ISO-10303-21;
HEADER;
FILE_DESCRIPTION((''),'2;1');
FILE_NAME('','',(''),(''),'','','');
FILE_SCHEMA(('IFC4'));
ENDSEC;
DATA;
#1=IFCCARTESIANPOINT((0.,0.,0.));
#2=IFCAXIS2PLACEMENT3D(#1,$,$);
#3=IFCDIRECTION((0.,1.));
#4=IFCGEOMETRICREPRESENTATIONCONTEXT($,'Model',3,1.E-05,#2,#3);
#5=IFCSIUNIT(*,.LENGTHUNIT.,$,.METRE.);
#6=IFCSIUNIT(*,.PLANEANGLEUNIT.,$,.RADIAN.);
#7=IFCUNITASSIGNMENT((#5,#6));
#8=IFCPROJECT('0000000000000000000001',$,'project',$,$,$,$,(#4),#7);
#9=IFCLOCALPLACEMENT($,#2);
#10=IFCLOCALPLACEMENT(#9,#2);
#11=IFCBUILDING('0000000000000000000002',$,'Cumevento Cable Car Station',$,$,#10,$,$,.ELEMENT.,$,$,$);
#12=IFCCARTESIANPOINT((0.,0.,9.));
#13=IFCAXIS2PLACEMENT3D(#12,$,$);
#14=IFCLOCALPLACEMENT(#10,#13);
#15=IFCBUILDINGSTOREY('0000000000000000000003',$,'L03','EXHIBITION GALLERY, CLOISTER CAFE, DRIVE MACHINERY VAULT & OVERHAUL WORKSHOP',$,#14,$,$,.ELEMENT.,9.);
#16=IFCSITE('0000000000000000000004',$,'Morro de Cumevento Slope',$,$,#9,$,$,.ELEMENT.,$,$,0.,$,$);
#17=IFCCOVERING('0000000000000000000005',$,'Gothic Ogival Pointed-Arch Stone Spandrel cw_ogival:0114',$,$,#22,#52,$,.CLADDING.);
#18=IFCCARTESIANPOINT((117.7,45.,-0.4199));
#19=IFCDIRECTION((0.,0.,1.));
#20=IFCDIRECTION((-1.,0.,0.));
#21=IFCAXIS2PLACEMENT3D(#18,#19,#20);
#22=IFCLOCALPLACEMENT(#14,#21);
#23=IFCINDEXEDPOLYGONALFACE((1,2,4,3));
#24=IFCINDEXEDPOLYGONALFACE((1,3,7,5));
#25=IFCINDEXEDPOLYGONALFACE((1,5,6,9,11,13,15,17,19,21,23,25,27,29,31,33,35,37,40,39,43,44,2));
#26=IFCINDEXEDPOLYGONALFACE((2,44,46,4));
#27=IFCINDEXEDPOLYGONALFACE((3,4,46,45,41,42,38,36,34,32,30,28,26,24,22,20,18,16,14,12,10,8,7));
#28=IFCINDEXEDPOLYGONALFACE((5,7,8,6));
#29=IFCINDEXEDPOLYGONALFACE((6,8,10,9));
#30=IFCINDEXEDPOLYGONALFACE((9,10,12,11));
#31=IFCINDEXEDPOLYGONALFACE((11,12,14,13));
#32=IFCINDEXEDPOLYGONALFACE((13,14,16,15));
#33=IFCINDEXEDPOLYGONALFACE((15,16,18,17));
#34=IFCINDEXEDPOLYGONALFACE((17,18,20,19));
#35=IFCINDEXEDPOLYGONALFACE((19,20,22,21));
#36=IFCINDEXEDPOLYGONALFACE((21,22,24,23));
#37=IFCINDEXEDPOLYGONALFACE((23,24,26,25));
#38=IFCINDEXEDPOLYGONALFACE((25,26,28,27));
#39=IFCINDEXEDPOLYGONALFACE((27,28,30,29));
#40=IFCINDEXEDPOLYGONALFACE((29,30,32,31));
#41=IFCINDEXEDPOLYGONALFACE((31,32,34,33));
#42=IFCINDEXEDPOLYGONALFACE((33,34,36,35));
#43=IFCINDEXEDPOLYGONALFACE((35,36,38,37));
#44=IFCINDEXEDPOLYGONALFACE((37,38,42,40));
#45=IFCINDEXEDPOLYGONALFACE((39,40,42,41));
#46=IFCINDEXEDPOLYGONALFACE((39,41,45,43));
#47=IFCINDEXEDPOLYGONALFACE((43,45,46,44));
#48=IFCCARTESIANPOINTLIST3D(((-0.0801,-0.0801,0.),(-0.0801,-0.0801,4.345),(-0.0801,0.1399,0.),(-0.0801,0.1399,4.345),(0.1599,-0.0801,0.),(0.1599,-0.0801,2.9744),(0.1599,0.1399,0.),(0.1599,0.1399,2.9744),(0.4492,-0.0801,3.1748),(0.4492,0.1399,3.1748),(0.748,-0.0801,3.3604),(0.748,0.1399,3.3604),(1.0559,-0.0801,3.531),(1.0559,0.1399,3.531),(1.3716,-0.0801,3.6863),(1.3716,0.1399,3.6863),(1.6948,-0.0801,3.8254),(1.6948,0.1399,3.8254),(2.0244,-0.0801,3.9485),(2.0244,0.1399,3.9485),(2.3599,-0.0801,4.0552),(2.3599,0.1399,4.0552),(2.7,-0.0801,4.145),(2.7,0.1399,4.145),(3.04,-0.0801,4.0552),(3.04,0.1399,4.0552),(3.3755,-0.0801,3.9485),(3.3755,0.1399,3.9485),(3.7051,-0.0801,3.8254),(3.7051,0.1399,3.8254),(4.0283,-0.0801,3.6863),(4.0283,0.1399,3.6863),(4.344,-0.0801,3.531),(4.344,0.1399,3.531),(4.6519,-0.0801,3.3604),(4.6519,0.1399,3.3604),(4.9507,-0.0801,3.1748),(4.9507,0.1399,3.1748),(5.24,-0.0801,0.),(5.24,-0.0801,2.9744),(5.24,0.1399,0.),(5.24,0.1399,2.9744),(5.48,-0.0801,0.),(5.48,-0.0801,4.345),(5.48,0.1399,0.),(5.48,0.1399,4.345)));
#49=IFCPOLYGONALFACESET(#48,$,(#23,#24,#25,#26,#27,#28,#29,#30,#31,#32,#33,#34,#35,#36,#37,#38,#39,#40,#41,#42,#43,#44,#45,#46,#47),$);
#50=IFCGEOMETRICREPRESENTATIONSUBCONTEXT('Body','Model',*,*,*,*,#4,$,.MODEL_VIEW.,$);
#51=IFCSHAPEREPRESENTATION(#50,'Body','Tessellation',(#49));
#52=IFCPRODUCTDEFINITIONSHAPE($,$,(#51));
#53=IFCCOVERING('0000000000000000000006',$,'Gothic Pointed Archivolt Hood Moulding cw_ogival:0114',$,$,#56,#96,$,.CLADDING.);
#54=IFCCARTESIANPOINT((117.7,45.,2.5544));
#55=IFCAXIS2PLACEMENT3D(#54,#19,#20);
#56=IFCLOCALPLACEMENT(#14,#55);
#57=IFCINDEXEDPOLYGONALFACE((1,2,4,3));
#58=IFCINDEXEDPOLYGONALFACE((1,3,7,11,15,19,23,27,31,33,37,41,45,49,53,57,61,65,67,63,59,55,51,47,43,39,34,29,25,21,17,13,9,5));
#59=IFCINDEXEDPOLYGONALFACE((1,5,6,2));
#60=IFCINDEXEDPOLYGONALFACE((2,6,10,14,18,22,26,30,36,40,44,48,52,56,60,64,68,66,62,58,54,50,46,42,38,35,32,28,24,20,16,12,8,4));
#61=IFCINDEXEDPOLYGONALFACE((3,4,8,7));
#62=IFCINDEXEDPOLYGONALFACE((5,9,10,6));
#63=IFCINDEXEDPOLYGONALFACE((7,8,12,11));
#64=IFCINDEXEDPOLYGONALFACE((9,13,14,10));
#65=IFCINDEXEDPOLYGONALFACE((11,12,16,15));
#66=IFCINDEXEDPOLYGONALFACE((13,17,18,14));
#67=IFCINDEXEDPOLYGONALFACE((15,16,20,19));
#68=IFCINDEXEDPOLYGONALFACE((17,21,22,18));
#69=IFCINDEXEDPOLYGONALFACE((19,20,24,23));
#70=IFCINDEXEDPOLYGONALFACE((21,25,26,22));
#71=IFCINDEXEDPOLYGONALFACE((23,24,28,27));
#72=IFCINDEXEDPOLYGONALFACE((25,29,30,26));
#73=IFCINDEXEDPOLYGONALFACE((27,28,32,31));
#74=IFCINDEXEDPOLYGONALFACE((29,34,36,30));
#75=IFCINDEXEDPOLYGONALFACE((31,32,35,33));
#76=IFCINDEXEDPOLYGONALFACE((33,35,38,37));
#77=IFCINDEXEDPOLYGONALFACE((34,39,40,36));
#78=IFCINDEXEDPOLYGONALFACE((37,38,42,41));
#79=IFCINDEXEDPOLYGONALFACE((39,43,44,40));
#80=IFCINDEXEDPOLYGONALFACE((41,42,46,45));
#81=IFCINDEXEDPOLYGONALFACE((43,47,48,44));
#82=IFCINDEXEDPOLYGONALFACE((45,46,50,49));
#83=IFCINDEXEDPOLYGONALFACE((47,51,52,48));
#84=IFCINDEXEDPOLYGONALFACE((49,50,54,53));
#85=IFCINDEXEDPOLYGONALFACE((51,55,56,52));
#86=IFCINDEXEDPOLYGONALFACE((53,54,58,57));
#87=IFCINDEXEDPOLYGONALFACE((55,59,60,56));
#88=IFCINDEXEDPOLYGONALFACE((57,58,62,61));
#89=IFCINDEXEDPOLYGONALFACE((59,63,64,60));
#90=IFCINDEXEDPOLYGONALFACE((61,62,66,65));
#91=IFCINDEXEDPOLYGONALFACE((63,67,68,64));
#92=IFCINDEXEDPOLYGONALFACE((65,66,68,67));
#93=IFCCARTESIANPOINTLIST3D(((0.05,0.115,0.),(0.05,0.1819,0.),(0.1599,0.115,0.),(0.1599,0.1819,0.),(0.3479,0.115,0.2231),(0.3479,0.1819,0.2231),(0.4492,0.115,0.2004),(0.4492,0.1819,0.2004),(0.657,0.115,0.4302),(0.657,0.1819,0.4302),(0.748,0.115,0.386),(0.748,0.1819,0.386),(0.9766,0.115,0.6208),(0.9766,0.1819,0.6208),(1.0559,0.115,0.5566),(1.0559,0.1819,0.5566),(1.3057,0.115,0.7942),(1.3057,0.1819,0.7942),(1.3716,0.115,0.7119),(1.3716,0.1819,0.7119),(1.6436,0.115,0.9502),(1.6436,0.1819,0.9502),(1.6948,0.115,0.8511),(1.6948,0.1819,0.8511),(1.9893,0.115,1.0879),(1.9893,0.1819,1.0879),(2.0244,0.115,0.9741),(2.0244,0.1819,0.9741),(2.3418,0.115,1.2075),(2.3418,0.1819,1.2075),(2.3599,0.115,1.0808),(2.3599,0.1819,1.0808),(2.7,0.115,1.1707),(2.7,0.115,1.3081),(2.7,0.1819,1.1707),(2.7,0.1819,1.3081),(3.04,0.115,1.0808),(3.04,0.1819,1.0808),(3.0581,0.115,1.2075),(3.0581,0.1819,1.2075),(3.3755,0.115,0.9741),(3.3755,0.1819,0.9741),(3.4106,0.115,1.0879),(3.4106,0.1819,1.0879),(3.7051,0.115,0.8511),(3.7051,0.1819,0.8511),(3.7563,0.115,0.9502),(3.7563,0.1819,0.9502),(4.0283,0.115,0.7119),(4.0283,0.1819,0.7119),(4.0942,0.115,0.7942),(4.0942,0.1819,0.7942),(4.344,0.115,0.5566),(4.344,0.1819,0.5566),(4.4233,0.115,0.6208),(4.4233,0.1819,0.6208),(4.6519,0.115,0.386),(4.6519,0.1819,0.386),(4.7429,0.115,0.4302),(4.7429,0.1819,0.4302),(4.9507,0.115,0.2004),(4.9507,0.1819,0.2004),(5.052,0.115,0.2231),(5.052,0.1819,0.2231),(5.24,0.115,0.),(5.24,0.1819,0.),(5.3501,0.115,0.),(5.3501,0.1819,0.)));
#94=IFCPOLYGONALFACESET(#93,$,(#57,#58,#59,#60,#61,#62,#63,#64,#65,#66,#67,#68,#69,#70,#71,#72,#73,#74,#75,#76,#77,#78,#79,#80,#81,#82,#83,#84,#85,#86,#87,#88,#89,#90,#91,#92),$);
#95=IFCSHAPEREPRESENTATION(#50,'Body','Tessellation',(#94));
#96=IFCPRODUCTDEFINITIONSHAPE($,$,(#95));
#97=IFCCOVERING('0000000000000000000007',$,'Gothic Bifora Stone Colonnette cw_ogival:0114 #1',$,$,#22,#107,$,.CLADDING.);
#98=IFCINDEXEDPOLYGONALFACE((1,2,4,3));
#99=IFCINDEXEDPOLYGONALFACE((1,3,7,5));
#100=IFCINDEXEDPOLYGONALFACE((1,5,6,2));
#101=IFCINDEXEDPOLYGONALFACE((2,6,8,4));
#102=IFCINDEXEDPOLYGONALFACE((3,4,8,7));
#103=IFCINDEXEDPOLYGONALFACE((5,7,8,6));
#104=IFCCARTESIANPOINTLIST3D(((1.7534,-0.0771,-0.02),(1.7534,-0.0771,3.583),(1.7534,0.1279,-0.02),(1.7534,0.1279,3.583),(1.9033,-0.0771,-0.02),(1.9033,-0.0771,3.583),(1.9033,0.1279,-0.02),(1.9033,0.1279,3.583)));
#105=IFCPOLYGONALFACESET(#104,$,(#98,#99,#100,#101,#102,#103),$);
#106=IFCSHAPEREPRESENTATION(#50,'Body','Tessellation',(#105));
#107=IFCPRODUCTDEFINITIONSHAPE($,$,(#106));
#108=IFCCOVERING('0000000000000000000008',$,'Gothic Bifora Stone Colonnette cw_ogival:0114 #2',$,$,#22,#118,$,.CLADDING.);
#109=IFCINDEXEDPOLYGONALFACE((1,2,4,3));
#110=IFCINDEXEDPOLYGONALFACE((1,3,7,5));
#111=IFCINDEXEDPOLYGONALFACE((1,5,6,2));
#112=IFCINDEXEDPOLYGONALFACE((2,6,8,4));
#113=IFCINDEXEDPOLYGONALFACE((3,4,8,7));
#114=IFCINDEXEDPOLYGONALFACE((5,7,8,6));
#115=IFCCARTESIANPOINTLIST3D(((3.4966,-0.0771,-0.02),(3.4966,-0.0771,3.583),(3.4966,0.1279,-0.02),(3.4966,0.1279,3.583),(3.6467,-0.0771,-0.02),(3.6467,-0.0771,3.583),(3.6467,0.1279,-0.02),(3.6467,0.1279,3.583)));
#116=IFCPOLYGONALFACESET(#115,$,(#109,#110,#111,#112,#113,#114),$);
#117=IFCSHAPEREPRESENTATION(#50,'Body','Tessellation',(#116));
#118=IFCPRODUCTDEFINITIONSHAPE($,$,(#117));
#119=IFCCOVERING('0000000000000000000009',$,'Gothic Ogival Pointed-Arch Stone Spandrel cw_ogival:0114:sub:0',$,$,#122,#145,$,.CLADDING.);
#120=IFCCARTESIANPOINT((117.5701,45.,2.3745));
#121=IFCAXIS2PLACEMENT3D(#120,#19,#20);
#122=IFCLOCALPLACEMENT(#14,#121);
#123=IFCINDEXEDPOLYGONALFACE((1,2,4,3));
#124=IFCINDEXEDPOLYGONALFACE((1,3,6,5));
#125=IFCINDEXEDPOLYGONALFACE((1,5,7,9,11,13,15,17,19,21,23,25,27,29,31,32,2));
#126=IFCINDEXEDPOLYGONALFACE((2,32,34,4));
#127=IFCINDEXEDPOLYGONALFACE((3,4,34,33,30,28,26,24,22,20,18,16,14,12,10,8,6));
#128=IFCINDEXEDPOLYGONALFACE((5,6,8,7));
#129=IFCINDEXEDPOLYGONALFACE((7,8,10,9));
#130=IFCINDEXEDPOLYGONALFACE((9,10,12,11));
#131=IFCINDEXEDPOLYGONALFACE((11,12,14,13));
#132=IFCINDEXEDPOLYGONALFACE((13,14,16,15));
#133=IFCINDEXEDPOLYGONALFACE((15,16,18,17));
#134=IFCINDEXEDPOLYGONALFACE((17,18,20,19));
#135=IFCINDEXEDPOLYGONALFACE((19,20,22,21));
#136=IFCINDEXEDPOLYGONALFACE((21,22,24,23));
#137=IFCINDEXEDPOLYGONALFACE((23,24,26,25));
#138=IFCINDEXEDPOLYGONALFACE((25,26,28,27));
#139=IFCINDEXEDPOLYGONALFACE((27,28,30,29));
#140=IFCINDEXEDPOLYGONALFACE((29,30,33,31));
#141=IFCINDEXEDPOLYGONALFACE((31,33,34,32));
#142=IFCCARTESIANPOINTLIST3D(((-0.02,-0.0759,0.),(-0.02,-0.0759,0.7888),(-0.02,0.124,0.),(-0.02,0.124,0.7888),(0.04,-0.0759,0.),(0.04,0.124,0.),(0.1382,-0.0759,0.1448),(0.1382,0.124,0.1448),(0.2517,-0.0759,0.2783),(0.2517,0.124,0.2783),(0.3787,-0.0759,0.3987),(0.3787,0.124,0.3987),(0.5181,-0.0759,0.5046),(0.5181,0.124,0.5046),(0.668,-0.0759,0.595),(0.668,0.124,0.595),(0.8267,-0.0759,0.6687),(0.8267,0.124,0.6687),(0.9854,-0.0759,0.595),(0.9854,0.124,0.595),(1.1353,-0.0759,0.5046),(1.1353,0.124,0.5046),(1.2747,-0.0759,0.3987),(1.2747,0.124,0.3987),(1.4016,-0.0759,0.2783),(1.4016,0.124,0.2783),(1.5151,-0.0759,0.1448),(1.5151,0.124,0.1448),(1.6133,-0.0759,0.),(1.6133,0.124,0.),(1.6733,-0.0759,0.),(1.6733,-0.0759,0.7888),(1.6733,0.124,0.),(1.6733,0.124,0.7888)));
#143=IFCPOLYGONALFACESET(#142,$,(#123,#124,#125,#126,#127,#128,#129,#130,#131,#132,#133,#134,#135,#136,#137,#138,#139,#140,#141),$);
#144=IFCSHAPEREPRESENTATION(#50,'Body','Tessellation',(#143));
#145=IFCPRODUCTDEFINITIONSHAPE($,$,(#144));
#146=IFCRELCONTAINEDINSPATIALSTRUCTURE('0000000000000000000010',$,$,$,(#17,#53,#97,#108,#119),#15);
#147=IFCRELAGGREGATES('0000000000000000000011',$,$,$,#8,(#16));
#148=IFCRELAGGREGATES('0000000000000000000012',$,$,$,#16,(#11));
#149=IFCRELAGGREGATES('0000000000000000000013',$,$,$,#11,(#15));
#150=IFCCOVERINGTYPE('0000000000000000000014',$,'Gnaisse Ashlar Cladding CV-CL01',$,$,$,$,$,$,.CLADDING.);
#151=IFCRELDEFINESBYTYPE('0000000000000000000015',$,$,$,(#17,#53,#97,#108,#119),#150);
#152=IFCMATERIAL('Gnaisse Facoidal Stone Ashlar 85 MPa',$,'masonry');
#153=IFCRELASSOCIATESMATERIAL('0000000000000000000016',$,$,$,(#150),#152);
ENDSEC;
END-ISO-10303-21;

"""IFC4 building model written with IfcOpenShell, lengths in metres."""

from ifc_helpers import new_model, si_unit, direction, frame, origin, place, context, subcontext, project, spatial, polyline, outline, extrude, material, type_object, element, save


model = new_model("IFC4")

# Units and contexts
model_context = context("Model", 3, precision=1e-05, world=origin(), true_north=direction((0.0, 1.0)))
body_context = subcontext(model_context, "Body", "Model", "MODEL_VIEW")
ifc_project = project(units=[si_unit("LENGTHUNIT", "METRE"), si_unit("PLANEANGLEUNIT", "RADIAN")], contexts=[model_context])

# Site, building, storey
site_placement = place(None, origin())
site = spatial("IfcSite", under=ifc_project, at=site_placement, Name="Morro de Cumevento Slope", CompositionType="ELEMENT", RefElevation=0.0)
building_placement = place(site_placement, origin())
building = spatial("IfcBuilding", under=site, at=building_placement, Name="Cumevento Cable Car Station", CompositionType="ELEMENT")
storey_placement = place(building_placement, frame((0.0, 0.0, 9.0)))
storey = spatial("IfcBuildingStorey", under=building, at=storey_placement, Name="L03", Description="EXHIBITION GALLERY, CLOISTER CAFE, DRIVE MACHINERY VAULT & OVERHAUL WORKSHOP", CompositionType="ELEMENT", Elevation=9.0)

# Coverings
ifc_material_1 = material(Name="Gnaisse Facoidal Stone Ashlar 85 MPa", Category="masonry")
covering_type = type_object("IfcCoveringType", Name="Gnaisse Ashlar Cladding CV-CL01", PredefinedType="CLADDING", material=ifc_material_1)
placement = place(storey_placement, frame((117.7, 45.0, -0.4199), z_axis=(0.0, 0.0, 1.0), x_axis=(-1.0, 0.0, 0.0)))
element("IfcCovering", 1, at=placement, inside=storey, type_object=covering_type, Name="Gothic Ogival Pointed-Arch Stone Spandrel cw_ogival:0114", PredefinedType="CLADDING", context=body_context, shape_type="SweptSolid", body=[
    extrude(outline(polyline([(-0.0801, 0.0), (-0.0801, 4.345), (5.48, 4.345), (5.48, 0.0), (5.24, 0.0), (5.24, 2.9744), (4.9507, 3.1748), (4.6519, 3.3604), (4.344, 3.531), (4.0283, 3.6863), (3.7051, 3.8254), (3.3755, 3.9485), (3.04, 4.0552), (2.7, 4.145), (2.3599, 4.0552), (2.0244, 3.9485), (1.6948, 3.8254), (1.3716, 3.6863), (1.0559, 3.531), (0.748, 3.3604), (0.4492, 3.1748), (0.1599, 2.9744), (0.1599, 0.0), (-0.0801, 0.0)])), frame((0.0, 0.1399, 0.0), z_axis=(0.0, -1.0, 0.0), x_axis=(1.0, 0.0, 0.0)), (0.0, 0.0, 1.0), 0.22),
])
covering_1_placement = place(storey_placement, frame((117.7, 45.0, 2.5544), z_axis=(0.0, 0.0, 1.0), x_axis=(-1.0, 0.0, 0.0)))
element("IfcCovering", 2, at=covering_1_placement, inside=storey, type_object=covering_type, Name="Gothic Pointed Archivolt Hood Moulding cw_ogival:0114", PredefinedType="CLADDING", context=body_context, shape_type="SweptSolid", body=[
    extrude(outline(polyline([(0.1599, 0.0), (0.4492, 0.2004), (0.748, 0.386), (1.0559, 0.5566), (1.3716, 0.7119), (1.6948, 0.8511), (2.0244, 0.9741), (2.3599, 1.0808), (2.7, 1.1707), (3.04, 1.0808), (3.3755, 0.9741), (3.7051, 0.8511), (4.0283, 0.7119), (4.344, 0.5566), (4.6519, 0.386), (4.9507, 0.2004), (5.24, 0.0), (5.3501, 0.0), (5.052, 0.2231), (4.7429, 0.4302), (4.4233, 0.6208), (4.0942, 0.7942), (3.7563, 0.9502), (3.4106, 1.0879), (3.0581, 1.2075), (2.7, 1.3081), (2.3418, 1.2075), (1.9893, 1.0879), (1.6436, 0.9502), (1.3057, 0.7942), (0.9766, 0.6208), (0.657, 0.4302), (0.3479, 0.2231), (0.05, 0.0), (0.1599, 0.0)])), frame((0.0, 0.1819, 0.0), z_axis=(0.0, -1.0, 0.0), x_axis=(1.0, 0.0, 0.0)), (0.0, 0.0, 1.0), 0.0669),
])
element("IfcCovering", 3, at=placement, inside=storey, type_object=covering_type, Name="Gothic Bifora Stone Colonnette cw_ogival:0114 #1", PredefinedType="CLADDING", context=body_context, shape_type="SweptSolid", body=[
    extrude(outline(polyline([(1.7534, -0.02), (1.9033, -0.02), (1.9033, 3.583), (1.7534, 3.583), (1.7534, -0.02)])), frame((0.0, 0.1279, 0.0), z_axis=(0.0, -1.0, 0.0), x_axis=(1.0, 0.0, 0.0)), (0.0, 0.0, 1.0), 0.2051),
])
element("IfcCovering", 4, at=placement, inside=storey, type_object=covering_type, Name="Gothic Bifora Stone Colonnette cw_ogival:0114 #2", PredefinedType="CLADDING", context=body_context, shape_type="SweptSolid", body=[
    extrude(outline(polyline([(3.4966, -0.02), (3.6467, -0.02), (3.6467, 3.583), (3.4966, 3.583), (3.4966, -0.02)])), frame((0.0, 0.1279, 0.0), z_axis=(0.0, -1.0, 0.0), x_axis=(1.0, 0.0, 0.0)), (0.0, 0.0, 1.0), 0.2051),
])
covering_2_placement = place(storey_placement, frame((117.5701, 45.0, 2.3745), z_axis=(0.0, 0.0, 1.0), x_axis=(-1.0, 0.0, 0.0)))
element("IfcCovering", 5, at=covering_2_placement, inside=storey, type_object=covering_type, Name="Gothic Ogival Pointed-Arch Stone Spandrel cw_ogival:0114:sub:0", PredefinedType="CLADDING", context=body_context, shape_type="SweptSolid", body=[
    extrude(outline(polyline([(-0.02, 0.0), (-0.02, 0.7888), (1.6733, 0.7888), (1.6733, 0.0), (1.6133, 0.0), (1.5151, 0.1448), (1.4016, 0.2783), (1.2747, 0.3987), (1.1353, 0.5046), (0.9854, 0.595), (0.8267, 0.6687), (0.668, 0.595), (0.5181, 0.5046), (0.3787, 0.3987), (0.2517, 0.2783), (0.1382, 0.1448), (0.04, 0.0), (-0.02, 0.0)])), frame((0.0, 0.124, 0.0), z_axis=(0.0, -1.0, 0.0), x_axis=(1.0, 0.0, 0.0)), (0.0, 0.0, 1.0), 0.2),
])

save(model, "model.ifc")
